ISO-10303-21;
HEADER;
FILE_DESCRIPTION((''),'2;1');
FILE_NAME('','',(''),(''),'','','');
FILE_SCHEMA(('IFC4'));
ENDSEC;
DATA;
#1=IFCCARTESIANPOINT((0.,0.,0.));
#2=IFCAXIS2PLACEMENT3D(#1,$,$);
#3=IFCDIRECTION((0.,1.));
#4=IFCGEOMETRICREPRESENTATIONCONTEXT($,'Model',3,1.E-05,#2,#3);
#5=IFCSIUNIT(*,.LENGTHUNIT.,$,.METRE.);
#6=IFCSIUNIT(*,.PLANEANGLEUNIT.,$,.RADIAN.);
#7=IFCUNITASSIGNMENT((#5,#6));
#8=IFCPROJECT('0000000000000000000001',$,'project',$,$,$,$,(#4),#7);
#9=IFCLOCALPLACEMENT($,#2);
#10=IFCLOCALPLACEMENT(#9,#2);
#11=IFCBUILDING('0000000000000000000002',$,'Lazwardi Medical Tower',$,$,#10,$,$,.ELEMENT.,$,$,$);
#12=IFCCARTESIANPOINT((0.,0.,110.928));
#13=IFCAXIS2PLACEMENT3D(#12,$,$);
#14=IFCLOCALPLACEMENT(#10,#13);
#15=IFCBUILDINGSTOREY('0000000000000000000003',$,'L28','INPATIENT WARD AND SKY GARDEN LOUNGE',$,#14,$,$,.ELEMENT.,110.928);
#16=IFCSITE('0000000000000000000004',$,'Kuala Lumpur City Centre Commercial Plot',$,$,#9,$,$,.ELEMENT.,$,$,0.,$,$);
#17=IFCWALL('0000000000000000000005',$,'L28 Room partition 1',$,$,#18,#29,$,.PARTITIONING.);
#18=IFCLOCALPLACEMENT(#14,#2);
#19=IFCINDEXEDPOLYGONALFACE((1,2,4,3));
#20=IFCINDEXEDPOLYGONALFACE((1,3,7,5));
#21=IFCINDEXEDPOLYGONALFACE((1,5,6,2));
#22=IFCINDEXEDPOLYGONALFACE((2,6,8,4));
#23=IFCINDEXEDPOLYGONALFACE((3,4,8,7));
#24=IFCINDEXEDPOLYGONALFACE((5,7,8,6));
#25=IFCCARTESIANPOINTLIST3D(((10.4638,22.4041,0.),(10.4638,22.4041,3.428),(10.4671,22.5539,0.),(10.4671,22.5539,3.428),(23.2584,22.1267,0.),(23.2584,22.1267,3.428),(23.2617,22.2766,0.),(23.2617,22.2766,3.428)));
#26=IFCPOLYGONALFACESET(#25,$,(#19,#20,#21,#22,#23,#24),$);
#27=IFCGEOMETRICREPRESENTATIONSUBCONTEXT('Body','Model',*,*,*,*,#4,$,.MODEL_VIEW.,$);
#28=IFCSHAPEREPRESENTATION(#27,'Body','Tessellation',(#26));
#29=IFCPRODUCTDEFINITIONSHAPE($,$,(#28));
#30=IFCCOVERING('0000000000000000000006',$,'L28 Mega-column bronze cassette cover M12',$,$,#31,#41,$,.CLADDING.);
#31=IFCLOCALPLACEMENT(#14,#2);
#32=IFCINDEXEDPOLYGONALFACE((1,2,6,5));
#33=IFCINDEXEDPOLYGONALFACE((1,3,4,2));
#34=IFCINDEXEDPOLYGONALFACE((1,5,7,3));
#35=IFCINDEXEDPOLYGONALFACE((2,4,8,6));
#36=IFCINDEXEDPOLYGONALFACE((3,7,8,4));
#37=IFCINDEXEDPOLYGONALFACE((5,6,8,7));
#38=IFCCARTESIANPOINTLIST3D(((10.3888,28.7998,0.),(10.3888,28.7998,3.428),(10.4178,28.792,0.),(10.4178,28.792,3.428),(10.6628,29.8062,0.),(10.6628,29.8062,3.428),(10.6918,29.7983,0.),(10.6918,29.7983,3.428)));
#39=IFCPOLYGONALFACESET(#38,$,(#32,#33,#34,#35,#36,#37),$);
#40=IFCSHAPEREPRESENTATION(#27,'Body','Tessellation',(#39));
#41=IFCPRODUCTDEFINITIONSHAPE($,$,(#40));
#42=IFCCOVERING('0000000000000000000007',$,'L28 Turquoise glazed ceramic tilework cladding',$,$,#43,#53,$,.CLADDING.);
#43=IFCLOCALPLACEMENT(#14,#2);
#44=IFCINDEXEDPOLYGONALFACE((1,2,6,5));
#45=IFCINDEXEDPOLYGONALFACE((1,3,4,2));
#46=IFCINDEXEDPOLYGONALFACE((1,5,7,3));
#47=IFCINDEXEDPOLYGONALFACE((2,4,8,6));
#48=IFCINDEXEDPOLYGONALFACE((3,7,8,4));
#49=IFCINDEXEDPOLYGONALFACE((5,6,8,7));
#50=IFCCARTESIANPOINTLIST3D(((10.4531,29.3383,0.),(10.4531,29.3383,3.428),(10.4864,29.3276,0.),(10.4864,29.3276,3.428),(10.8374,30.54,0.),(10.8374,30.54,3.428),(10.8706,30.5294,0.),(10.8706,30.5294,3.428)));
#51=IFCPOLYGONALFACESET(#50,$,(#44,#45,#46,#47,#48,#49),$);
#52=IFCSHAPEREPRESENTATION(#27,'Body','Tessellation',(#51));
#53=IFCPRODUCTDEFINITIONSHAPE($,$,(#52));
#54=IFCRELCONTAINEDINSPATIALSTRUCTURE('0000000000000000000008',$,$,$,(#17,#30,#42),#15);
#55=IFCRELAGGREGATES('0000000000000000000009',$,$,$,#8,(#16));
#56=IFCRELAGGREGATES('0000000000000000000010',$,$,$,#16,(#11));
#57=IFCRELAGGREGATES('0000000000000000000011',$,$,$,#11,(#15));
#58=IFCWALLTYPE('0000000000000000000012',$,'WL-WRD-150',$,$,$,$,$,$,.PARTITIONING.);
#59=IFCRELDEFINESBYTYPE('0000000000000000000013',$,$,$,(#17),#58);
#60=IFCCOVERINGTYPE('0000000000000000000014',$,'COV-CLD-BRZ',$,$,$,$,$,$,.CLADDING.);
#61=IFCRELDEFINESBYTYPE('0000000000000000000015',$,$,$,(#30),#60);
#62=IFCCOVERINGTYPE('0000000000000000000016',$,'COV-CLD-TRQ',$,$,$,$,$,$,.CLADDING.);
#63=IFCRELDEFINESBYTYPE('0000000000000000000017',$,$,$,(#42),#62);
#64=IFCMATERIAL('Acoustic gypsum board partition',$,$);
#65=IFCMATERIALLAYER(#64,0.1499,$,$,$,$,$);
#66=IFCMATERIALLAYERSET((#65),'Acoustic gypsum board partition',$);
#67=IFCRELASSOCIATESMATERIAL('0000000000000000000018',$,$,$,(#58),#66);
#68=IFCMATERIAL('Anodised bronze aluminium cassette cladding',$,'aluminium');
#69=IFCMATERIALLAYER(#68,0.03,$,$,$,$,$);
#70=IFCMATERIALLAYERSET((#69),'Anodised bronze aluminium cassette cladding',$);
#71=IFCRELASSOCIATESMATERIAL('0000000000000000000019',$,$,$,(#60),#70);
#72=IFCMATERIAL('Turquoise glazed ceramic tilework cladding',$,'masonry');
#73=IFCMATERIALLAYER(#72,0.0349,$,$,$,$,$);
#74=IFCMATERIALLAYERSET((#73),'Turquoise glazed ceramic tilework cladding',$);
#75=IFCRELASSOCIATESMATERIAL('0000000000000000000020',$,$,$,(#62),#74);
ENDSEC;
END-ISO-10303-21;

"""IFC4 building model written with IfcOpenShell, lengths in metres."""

from ifc_helpers import new_model, si_unit, direction, frame, frame_2d, origin, origin_2d, place, context, subcontext, project, spatial, rectangle, extrude, material, layer, layer_set, type_object, element, save


model = new_model("IFC4")

# Units and contexts
model_context = context("Model", 3, precision=1e-05, world=origin(), true_north=direction((0.0, 1.0)))
body_context = subcontext(model_context, "Body", "Model", "MODEL_VIEW")
ifc_project = project(units=[si_unit("LENGTHUNIT", "METRE"), si_unit("PLANEANGLEUNIT", "RADIAN")], contexts=[model_context])

# Site, building, storey
site_placement = place(None, origin())
site = spatial("IfcSite", under=ifc_project, at=site_placement, Name="Kuala Lumpur City Centre Commercial Plot", CompositionType="ELEMENT", RefElevation=0.0)
building_placement = place(site_placement, origin())
building = spatial("IfcBuilding", under=site, at=building_placement, Name="Lazwardi Medical Tower", CompositionType="ELEMENT")
storey_placement = place(building_placement, frame((0.0, 0.0, 110.928)))
storey = spatial("IfcBuildingStorey", under=building, at=storey_placement, Name="L28", Description="INPATIENT WARD AND SKY GARDEN LOUNGE", CompositionType="ELEMENT", Elevation=110.928)

# Wall
ifc_material_1 = material(Name="Acoustic gypsum board partition")
ifc_layer_1 = layer(ifc_material_1, 0.1499)
ifc_layer_set_1 = layer_set([ifc_layer_1], Name="Acoustic gypsum board partition")
wall_type_1 = type_object("IfcWallType", Name="WL-WRD-150", PredefinedType="PARTITIONING", material=ifc_layer_set_1)
wall_1_placement = place(storey_placement, frame((10.4653, 22.479, 0.0), z_axis=(0.0, 0.0, 1.0), x_axis=(0.999765, -0.021671, 0.0)))
element("IfcWall", 1, at=wall_1_placement, inside=storey, type_object=wall_type_1, Name="L28 Room partition 1", PredefinedType="PARTITIONING", context=body_context, shape_type="SweptSolid", body=[
    extrude(rectangle(XDim=12.7976, YDim=0.1499, at=frame_2d((6.3989, 0.0))), origin(), (0.0, 0.0, 1.0), 3.428),
])

# Coverings
ifc_material_2 = material(Name="Anodised bronze aluminium cassette cladding", Category="aluminium")
ifc_layer_2 = layer(ifc_material_2, 0.03)
ifc_layer_set_2 = layer_set([ifc_layer_2], Name="Anodised bronze aluminium cassette cladding")
covering_type_1 = type_object("IfcCoveringType", Name="COV-CLD-BRZ", PredefinedType="CLADDING", material=ifc_layer_set_2)
covering_1_placement = place(storey_placement, frame((10.5403, 29.2991, 0.0), z_axis=(0.0, 0.0, 1.0), x_axis=(-0.262696, -0.964879, 0.0)))
element("IfcCovering", 2, at=covering_1_placement, inside=storey, type_object=covering_type_1, Name="L28 Mega-column bronze cassette cover M12", PredefinedType="CLADDING", context=body_context, shape_type="SweptSolid", body=[
    extrude(rectangle(XDim=1.043, YDim=0.03, at=origin_2d()), origin(), (0.0, 0.0, 1.0), 3.428),
])
ifc_material_3 = material(Name="Turquoise glazed ceramic tilework cladding", Category="masonry")
ifc_layer_3 = layer(ifc_material_3, 0.0349)
ifc_layer_set_3 = layer_set([ifc_layer_3], Name="Turquoise glazed ceramic tilework cladding")
covering_type_2 = type_object("IfcCoveringType", Name="COV-CLD-TRQ", PredefinedType="CLADDING", material=ifc_layer_set_3)
covering_2_placement = place(storey_placement, frame((10.6619, 29.9338, 0.0), z_axis=(0.0, 0.0, 1.0), x_axis=(-0.304555, -0.952495, 0.0)))
element("IfcCovering", 3, at=covering_2_placement, inside=storey, type_object=covering_type_2, Name="L28 Turquoise glazed ceramic tilework cladding", PredefinedType="CLADDING", context=body_context, shape_type="SweptSolid", body=[
    extrude(rectangle(XDim=1.2617, YDim=0.0349, at=origin_2d()), origin(), (0.0, 0.0, 1.0), 3.428),
])

save(model, "model.ifc")
